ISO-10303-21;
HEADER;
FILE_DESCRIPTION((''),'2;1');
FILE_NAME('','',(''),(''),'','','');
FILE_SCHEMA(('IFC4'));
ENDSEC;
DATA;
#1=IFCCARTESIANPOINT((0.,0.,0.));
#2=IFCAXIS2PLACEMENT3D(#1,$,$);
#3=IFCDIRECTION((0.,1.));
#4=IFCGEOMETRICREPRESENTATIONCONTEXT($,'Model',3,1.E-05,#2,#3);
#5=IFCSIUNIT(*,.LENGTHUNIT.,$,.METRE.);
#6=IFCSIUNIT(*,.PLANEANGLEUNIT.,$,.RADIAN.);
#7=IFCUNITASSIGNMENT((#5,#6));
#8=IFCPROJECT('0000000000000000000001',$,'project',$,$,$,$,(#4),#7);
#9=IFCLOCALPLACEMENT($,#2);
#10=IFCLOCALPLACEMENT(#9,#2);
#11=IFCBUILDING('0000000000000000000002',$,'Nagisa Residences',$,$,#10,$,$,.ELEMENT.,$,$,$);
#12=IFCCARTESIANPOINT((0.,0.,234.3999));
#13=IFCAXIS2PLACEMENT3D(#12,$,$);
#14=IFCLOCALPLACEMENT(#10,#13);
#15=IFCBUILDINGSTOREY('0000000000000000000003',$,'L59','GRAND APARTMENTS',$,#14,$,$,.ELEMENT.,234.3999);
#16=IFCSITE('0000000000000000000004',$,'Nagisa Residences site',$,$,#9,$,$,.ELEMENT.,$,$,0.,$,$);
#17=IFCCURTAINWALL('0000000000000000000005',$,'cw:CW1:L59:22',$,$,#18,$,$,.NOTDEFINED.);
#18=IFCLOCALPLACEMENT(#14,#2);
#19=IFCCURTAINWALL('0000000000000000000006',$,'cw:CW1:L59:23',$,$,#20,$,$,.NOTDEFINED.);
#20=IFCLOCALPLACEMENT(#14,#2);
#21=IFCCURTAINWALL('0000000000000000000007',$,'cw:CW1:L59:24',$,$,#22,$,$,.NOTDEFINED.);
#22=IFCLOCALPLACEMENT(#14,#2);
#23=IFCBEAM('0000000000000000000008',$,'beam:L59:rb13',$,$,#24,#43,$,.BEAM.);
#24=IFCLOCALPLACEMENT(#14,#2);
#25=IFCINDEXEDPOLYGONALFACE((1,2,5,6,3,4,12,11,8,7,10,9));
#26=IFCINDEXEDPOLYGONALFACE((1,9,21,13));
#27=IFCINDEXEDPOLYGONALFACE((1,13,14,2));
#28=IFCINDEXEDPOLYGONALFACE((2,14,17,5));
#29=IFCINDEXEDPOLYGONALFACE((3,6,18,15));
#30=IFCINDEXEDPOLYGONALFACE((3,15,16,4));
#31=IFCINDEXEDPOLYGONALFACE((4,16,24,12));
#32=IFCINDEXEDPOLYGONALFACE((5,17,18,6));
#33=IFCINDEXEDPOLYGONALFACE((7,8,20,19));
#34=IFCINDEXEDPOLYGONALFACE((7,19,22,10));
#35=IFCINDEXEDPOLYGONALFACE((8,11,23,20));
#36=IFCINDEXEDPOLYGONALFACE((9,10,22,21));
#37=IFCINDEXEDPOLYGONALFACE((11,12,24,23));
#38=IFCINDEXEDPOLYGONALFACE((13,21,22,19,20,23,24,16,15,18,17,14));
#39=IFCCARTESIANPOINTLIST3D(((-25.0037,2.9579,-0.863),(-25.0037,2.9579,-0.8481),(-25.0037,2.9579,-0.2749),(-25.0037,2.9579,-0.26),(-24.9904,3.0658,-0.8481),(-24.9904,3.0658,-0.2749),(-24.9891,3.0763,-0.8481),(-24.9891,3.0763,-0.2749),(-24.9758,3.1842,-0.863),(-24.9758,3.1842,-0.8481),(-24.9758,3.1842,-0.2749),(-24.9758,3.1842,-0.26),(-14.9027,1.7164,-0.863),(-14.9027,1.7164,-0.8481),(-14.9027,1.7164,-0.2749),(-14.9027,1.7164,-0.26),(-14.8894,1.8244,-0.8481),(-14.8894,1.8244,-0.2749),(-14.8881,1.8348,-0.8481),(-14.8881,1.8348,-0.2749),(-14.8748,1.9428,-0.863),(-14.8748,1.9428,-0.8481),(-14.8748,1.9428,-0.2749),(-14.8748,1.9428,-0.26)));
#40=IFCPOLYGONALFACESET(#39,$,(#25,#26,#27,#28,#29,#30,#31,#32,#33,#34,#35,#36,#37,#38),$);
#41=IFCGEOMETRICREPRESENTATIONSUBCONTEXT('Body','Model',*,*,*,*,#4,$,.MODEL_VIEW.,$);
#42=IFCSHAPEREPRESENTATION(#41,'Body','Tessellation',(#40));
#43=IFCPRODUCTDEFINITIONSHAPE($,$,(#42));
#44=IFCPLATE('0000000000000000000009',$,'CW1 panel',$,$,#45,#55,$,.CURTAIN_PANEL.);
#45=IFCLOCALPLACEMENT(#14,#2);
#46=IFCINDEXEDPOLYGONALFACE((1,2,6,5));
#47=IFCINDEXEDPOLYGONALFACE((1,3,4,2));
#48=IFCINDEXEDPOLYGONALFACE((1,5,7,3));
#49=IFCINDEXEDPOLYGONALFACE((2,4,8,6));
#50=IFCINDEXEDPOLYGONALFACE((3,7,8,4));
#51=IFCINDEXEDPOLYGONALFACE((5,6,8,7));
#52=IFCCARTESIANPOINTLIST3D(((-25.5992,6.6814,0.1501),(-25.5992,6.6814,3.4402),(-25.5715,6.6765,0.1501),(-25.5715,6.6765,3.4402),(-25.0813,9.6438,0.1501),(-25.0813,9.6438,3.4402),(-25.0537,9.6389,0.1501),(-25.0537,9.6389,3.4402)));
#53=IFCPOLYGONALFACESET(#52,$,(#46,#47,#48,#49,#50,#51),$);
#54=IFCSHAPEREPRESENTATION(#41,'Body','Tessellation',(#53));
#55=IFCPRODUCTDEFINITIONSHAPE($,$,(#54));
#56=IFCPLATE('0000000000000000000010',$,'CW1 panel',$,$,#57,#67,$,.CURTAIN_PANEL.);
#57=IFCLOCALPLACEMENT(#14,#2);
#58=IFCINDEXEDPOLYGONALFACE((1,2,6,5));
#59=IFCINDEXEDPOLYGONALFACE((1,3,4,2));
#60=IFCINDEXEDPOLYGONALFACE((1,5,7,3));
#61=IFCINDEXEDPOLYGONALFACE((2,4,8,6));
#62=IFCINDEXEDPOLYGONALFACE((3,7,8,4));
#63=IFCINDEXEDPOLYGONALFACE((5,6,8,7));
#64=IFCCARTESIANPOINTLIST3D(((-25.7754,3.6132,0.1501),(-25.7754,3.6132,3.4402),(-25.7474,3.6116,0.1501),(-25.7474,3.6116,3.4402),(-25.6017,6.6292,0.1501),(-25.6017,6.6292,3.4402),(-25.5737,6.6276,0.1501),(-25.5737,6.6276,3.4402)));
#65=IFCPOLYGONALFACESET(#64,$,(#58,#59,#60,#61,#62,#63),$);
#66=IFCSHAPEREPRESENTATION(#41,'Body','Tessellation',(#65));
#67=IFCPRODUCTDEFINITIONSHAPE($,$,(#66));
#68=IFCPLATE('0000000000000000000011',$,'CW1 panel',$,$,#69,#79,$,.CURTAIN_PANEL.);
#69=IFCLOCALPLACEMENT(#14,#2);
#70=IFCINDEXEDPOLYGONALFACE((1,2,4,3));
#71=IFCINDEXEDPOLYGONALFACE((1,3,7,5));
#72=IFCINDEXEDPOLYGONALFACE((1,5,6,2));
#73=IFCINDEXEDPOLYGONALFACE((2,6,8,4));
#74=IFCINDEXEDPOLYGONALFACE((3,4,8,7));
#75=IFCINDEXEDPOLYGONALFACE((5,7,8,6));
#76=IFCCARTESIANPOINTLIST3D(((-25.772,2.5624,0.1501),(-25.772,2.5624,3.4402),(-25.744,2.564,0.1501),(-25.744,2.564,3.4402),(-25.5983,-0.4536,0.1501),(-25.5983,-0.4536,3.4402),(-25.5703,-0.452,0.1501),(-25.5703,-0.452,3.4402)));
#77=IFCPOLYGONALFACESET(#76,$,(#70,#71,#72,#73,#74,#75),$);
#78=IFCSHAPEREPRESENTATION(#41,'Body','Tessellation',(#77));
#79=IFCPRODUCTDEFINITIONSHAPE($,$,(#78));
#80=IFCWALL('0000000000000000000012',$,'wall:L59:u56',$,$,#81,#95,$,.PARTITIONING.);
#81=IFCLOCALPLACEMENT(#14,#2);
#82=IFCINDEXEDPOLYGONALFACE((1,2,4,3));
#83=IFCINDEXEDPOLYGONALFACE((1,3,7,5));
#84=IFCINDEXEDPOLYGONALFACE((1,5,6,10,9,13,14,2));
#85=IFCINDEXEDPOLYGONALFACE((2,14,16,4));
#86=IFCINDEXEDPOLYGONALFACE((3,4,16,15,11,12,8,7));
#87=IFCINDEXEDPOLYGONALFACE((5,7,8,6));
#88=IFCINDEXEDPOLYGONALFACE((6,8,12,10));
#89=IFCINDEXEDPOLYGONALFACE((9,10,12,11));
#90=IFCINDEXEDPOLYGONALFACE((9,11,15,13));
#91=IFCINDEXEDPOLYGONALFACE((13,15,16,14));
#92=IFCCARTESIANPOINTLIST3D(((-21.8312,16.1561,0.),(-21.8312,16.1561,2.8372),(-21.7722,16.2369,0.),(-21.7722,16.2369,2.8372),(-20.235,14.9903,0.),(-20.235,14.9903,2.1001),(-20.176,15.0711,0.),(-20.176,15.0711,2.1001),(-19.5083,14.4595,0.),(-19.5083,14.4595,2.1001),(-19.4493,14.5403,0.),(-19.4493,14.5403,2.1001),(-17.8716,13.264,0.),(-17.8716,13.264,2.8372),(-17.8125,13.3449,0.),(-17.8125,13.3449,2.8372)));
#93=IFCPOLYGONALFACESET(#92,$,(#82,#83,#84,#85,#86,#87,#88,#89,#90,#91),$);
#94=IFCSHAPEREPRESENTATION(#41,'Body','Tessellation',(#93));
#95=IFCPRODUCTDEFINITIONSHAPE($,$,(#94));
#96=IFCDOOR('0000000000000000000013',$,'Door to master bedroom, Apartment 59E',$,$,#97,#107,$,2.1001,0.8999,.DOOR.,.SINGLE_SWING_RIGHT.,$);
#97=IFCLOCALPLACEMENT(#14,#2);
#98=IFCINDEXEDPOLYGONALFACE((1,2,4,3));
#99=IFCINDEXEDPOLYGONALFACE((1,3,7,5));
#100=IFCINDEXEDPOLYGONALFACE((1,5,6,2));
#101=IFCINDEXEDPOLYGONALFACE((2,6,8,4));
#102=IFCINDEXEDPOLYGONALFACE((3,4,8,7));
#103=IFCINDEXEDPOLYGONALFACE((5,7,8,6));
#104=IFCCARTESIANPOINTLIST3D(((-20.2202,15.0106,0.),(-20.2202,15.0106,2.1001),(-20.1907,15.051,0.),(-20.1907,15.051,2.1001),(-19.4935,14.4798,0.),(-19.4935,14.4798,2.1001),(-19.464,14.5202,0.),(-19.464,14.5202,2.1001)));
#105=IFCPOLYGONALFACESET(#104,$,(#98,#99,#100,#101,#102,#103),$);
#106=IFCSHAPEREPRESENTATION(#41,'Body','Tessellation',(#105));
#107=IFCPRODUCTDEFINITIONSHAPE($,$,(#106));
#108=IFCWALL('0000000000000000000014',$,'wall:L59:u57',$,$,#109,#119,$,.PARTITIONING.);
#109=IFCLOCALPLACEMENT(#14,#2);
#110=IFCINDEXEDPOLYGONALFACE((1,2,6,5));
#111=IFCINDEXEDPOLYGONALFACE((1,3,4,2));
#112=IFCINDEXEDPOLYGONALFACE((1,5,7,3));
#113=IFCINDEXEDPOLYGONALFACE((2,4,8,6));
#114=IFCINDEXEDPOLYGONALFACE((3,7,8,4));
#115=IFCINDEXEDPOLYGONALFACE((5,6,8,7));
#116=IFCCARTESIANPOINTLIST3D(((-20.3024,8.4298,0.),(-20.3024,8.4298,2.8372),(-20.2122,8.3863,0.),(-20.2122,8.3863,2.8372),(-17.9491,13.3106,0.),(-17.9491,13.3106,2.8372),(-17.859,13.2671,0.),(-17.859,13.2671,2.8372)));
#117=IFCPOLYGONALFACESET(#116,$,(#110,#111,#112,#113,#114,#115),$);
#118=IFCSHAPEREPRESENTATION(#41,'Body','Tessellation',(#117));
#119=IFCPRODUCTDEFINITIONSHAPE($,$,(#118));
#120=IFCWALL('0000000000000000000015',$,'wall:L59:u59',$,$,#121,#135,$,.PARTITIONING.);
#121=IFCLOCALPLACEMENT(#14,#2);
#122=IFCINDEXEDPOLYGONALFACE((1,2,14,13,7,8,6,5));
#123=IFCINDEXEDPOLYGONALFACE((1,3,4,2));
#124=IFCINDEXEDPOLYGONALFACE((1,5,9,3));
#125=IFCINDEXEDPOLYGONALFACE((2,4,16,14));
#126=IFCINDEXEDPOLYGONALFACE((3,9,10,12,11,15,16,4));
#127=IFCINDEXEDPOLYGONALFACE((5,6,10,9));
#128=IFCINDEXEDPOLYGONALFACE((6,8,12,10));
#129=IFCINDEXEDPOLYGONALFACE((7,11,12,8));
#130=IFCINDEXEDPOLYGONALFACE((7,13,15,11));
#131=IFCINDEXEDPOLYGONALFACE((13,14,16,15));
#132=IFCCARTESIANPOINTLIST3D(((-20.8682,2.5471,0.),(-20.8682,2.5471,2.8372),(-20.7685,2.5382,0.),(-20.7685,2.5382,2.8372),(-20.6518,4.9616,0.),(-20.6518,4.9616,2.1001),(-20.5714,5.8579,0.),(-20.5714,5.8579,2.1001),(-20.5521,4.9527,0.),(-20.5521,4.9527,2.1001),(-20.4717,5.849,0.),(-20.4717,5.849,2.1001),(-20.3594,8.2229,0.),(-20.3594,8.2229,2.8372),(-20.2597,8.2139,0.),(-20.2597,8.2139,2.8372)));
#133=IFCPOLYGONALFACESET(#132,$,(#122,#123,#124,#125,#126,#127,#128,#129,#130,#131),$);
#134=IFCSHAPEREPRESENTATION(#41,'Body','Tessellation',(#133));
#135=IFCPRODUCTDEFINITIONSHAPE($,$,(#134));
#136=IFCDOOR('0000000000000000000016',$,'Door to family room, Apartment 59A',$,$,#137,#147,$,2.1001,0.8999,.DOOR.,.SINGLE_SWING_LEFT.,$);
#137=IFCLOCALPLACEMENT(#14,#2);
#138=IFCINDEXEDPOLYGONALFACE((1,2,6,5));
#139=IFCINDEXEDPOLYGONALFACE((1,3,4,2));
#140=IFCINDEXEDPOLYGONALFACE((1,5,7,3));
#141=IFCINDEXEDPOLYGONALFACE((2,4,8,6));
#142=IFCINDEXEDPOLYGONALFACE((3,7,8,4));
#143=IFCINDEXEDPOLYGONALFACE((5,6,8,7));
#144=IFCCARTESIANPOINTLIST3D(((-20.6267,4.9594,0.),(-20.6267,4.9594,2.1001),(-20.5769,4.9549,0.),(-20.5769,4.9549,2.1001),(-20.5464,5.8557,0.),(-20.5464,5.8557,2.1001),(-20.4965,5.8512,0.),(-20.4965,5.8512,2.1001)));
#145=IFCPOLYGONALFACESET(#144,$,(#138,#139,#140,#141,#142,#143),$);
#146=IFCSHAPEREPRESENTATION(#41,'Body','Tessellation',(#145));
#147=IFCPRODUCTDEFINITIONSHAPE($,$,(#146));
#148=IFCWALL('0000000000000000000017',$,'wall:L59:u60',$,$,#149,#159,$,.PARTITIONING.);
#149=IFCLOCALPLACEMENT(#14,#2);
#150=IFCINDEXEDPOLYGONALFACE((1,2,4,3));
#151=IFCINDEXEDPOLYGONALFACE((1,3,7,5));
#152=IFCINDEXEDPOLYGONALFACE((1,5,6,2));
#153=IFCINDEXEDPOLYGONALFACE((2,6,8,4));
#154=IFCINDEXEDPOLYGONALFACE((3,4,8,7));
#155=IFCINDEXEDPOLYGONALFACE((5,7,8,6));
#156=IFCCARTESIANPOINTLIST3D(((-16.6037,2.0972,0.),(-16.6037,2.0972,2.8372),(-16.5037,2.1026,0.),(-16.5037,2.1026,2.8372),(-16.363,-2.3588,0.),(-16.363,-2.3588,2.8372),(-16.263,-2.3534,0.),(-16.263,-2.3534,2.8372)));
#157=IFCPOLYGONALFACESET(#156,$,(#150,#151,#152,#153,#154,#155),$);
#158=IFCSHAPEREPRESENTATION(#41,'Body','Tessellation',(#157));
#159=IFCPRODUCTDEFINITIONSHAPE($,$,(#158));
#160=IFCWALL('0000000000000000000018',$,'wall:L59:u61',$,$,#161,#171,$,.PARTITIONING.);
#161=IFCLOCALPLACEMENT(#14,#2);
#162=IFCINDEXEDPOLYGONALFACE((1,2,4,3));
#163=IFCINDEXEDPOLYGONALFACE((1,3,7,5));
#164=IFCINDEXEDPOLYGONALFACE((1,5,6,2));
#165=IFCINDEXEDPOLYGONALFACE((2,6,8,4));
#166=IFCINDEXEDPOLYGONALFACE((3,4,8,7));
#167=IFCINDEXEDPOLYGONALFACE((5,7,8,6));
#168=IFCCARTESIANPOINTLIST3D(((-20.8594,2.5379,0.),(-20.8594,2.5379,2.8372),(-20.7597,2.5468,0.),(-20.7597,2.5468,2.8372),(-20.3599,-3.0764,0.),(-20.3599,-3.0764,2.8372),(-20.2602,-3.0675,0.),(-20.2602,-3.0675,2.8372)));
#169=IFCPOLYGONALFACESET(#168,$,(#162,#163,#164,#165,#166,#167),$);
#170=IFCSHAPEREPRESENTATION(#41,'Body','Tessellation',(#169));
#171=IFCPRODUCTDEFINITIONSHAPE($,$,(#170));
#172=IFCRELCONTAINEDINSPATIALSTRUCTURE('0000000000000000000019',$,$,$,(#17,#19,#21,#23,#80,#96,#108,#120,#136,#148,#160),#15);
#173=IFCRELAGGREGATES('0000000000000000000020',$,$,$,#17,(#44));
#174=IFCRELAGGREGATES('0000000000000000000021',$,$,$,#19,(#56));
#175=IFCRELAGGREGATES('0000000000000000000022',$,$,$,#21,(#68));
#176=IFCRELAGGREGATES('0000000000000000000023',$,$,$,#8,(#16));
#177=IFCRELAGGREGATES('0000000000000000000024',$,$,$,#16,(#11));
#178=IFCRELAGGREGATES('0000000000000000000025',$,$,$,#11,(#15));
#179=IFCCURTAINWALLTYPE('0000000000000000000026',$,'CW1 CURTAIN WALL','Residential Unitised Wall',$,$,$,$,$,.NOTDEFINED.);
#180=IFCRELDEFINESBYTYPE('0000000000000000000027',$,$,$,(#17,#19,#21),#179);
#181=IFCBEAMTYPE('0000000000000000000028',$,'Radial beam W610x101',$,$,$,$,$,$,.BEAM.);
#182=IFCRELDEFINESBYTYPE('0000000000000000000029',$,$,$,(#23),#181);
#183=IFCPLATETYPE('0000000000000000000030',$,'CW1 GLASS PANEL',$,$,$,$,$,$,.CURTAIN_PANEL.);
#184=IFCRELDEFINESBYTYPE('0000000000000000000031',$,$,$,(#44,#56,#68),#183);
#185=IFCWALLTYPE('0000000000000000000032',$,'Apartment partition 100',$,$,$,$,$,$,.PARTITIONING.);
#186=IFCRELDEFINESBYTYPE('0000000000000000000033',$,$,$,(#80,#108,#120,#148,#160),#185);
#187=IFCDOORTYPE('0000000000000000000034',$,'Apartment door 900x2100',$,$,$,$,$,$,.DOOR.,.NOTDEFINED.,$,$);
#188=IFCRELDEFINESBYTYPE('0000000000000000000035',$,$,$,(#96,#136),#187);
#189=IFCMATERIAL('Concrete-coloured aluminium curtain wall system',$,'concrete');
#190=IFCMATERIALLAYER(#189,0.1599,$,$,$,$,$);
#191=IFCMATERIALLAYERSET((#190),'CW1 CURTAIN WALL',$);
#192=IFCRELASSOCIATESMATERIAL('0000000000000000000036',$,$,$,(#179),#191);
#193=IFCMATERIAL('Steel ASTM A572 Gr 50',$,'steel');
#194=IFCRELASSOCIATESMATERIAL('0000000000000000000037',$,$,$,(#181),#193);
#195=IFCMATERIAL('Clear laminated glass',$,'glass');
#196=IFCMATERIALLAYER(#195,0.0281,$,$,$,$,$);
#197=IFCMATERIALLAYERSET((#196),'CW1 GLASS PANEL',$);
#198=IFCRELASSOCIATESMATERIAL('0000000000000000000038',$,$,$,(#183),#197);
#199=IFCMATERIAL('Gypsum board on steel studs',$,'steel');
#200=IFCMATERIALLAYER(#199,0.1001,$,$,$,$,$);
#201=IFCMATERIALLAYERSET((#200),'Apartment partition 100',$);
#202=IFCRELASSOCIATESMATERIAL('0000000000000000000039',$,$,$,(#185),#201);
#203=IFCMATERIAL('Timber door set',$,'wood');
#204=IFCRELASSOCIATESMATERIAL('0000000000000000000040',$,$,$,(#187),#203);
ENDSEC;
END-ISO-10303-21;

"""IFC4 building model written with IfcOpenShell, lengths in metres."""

from ifc_helpers import new_model, si_unit, direction, frame, frame_2d, origin, origin_2d, place, context, subcontext, project, spatial, rectangle, i_section, extrude, material, layer, layer_set, material_profile, profile_set, type_object, element, fill, aggregate, save


model = new_model("IFC4")

# Units and contexts
model_context = context("Model", 3, precision=1e-05, world=origin(), true_north=direction((0.0, 1.0)))
body_context = subcontext(model_context, "Body", "Model", "MODEL_VIEW")
ifc_project = project(units=[si_unit("LENGTHUNIT", "METRE"), si_unit("PLANEANGLEUNIT", "RADIAN")], contexts=[model_context])

# Site, building, storey
site_placement = place(None, origin())
site = spatial("IfcSite", under=ifc_project, at=site_placement, Name="Nagisa Residences site", CompositionType="ELEMENT", RefElevation=0.0)
building_placement = place(site_placement, origin())
building = spatial("IfcBuilding", under=site, at=building_placement, Name="Nagisa Residences", CompositionType="ELEMENT")
storey_placement = place(building_placement, frame((0.0, 0.0, 234.3999)))
storey = spatial("IfcBuildingStorey", under=building, at=storey_placement, Name="L59", Description="GRAND APARTMENTS", CompositionType="ELEMENT", Elevation=234.3999)

# Curtain walls
ifc_material_1 = material(Name="Concrete-coloured aluminium curtain wall system", Category="concrete")
ifc_layer_1 = layer(ifc_material_1, 0.1599)
ifc_layer_set_1 = layer_set([ifc_layer_1], Name="CW1 CURTAIN WALL")
curtain_wall_type = type_object("IfcCurtainWallType", Name="CW1 CURTAIN WALL", Description="Residential Unitised Wall", PredefinedType="NOTDEFINED", material=ifc_layer_set_1)
curtain_wall_1_placement = place(storey_placement, origin())
curtain_wall_1 = element("IfcCurtainWall", 1, at=curtain_wall_1_placement, inside=storey, type_object=curtain_wall_type, Name="cw:CW1:L59:22", PredefinedType="NOTDEFINED")
curtain_wall_2_placement = place(storey_placement, origin())
curtain_wall_2 = element("IfcCurtainWall", 2, at=curtain_wall_2_placement, inside=storey, type_object=curtain_wall_type, Name="cw:CW1:L59:23", PredefinedType="NOTDEFINED")
curtain_wall_3_placement = place(storey_placement, origin())
curtain_wall_3 = element("IfcCurtainWall", 3, at=curtain_wall_3_placement, inside=storey, type_object=curtain_wall_type, Name="cw:CW1:L59:24", PredefinedType="NOTDEFINED")

# Beam
ifc_material_2 = material(Name="Steel ASTM A572 Gr 50", Category="steel")
ifc_material_profile_1 = material_profile(ifc_material_2, i_section(OverallWidth=0.228, OverallDepth=0.603, WebThickness=0.0105, FlangeThickness=0.0149, at=origin_2d()), Name="W610x101")
ifc_profile_set_1 = profile_set([ifc_material_profile_1], Name="Steel ASTM A572 Gr 50")
beam_type_1 = type_object("IfcBeamType", Name="Radial beam W610x101", PredefinedType="BEAM", material=ifc_profile_set_1)
beam_1_placement = place(storey_placement, frame((-24.9897, 3.071, -0.5615), z_axis=(0.992532, -0.121985, 0.0), x_axis=(0.121985, 0.992532, 0.0)))
element("IfcBeam", 4, at=beam_1_placement, inside=storey, type_object=beam_type_1, Name="beam:L59:rb13", PredefinedType="BEAM", context=body_context, shape_type="SweptSolid", body=[
    extrude(i_section(OverallWidth=0.228, OverallDepth=0.603, WebThickness=0.0105, FlangeThickness=0.0149, at=origin_2d()), origin(), (0.0, 0.0, 1.0), 10.177),
])

# Plates
ifc_material_3 = material(Name="Clear laminated glass", Category="glass")
ifc_layer_2 = layer(ifc_material_3, 0.0281)
ifc_layer_set_2 = layer_set([ifc_layer_2], Name="CW1 GLASS PANEL")
plate_type = type_object("IfcPlateType", Name="CW1 GLASS PANEL", PredefinedType="CURTAIN_PANEL", material=ifc_layer_set_2)
plate_1_placement = place(storey_placement, frame((-25.3264, 8.1602, 0.1501), z_axis=(0.0, 0.0, 1.0), x_axis=(-0.172191, -0.985064, 0.0)))
plate_1 = element("IfcPlate", 5, at=plate_1_placement, type_object=plate_type, Name="CW1 panel", PredefinedType="CURTAIN_PANEL", context=body_context, shape_type="SweptSolid", body=[
    extrude(rectangle(XDim=3.0073, YDim=0.0281, at=origin_2d()), origin(), (0.0, 0.0, 1.0), 3.29),
])
aggregate(curtain_wall_1, [plate_1])
plate_2_placement = place(storey_placement, frame((-25.6746, 5.1204, 0.1501), z_axis=(0.0, 0.0, 1.0), x_axis=(-0.057503, -0.998345, 0.0)))
plate_2 = element("IfcPlate", 6, at=plate_2_placement, type_object=plate_type, Name="CW1 panel", PredefinedType="CURTAIN_PANEL", context=body_context, shape_type="SweptSolid", body=[
    extrude(rectangle(XDim=3.021, YDim=0.0281, at=origin_2d()), origin(), (0.0, 0.0, 1.0), 3.29),
])
aggregate(curtain_wall_2, [plate_2])
plate_3_placement = place(storey_placement, frame((-25.6711, 1.0552, 0.1501), z_axis=(0.0, 0.0, 1.0), x_axis=(0.057503, -0.998345, 0.0)))
plate_3 = element("IfcPlate", 7, at=plate_3_placement, type_object=plate_type, Name="CW1 panel", PredefinedType="CURTAIN_PANEL", context=body_context, shape_type="SweptSolid", body=[
    extrude(rectangle(XDim=3.021, YDim=0.0281, at=origin_2d()), origin(), (0.0, 0.0, 1.0), 3.29),
])
aggregate(curtain_wall_3, [plate_3])

# Wall, opening, door
ifc_material_4 = material(Name="Gypsum board on steel studs", Category="steel")
ifc_layer_3 = layer(ifc_material_4, 0.1001)
ifc_layer_set_3 = layer_set([ifc_layer_3], Name="Apartment partition 100")
wall_type_1 = type_object("IfcWallType", Name="Apartment partition 100", PredefinedType="PARTITIONING", material=ifc_layer_set_3)
wall_1_placement = place(storey_placement, frame((-17.842, 13.3044, 0.0), z_axis=(0.0, 0.0, 1.0), x_axis=(-0.807542, 0.589811, 0.0)))
wall_1 = element("IfcWall", 8, at=wall_1_placement, inside=storey, type_object=wall_type_1, Name="wall:L59:u56", PredefinedType="PARTITIONING", context=body_context, shape_type="SweptSolid", body=[
    extrude(rectangle(XDim=4.9033, YDim=0.1001, at=frame_2d((2.4517, 0.0))), origin(), (0.0, 0.0, 1.0), 2.8372),
])
opening_1_placement = place(wall_1_placement, frame((2.0269, 0.0, 0.0)))
opening_1 = element("IfcOpeningElement", 9, at=opening_1_placement, cuts=wall_1, PredefinedType="OPENING", context=body_context, shape_type="SweptSolid", body=[
    extrude(rectangle(XDim=0.8999, YDim=2.1001, at=frame_2d((0.45, 1.05))), frame((0.0, 0.0601, 0.0), z_axis=(0.0, -1.0, 0.0), x_axis=(1.0, 0.0, 0.0)), (0.0, 0.0, 1.0), 0.1201),
])
ifc_material_5 = material(Name="Timber door set", Category="wood")
door_type_1 = type_object("IfcDoorType", Name="Apartment door 900x2100", OperationType="NOTDEFINED", PredefinedType="DOOR", material=ifc_material_5)
door_1_placement = place(opening_1_placement, origin())
door_1 = element("IfcDoor", 10, at=door_1_placement, inside=storey, type_object=door_type_1, Name="Door to master bedroom, Apartment 59E", OperationType="SINGLE_SWING_RIGHT", OverallHeight=2.1001, OverallWidth=0.8999, PredefinedType="DOOR", context=body_context, shape_type="SweptSolid", body=[
    extrude(rectangle(XDim=0.8999, YDim=2.1001, at=frame_2d((0.45, 1.05))), frame((0.0, 0.0249, 0.0), z_axis=(0.0, -1.0, 0.0), x_axis=(1.0, 0.0, 0.0)), (0.0, 0.0, 1.0), 0.05),
])
fill(opening_1, door_1)

# Wall
wall_2_placement = place(storey_placement, frame((-17.9041, 13.2888, 0.0), z_axis=(0.0, 0.0, 1.0), x_axis=(-0.434299, -0.900769, 0.0)))
element("IfcWall", 11, at=wall_2_placement, inside=storey, type_object=wall_type_1, Name="wall:L59:u57", PredefinedType="PARTITIONING", context=body_context, shape_type="SweptSolid", body=[
    extrude(rectangle(XDim=5.4185, YDim=0.1001, at=frame_2d((2.7092, 0.0))), origin(), (0.0, 0.0, 1.0), 2.8372),
])

# Wall, opening, door
wall_3_placement = place(storey_placement, frame((-20.3096, 8.2183, 0.0), z_axis=(0.0, 0.0, 1.0), x_axis=(-0.089284, -0.996006, 0.0)))
wall_3 = element("IfcWall", 12, at=wall_3_placement, inside=storey, type_object=wall_type_1, Name="wall:L59:u59", PredefinedType="PARTITIONING", context=body_context, shape_type="SweptSolid", body=[
    extrude(rectangle(XDim=5.6985, YDim=0.1001, at=frame_2d((2.8491, 0.0))), origin(), (0.0, 0.0, 1.0), 2.8372),
])
opening_2_placement = place(wall_3_placement, frame((2.3743, 0.0, 0.0)))
opening_2 = element("IfcOpeningElement", 13, at=opening_2_placement, cuts=wall_3, PredefinedType="OPENING", context=body_context, shape_type="SweptSolid", body=[
    extrude(rectangle(XDim=0.8999, YDim=2.1001, at=frame_2d((0.45, 1.05))), frame((0.0, 0.0601, 0.0), z_axis=(0.0, -1.0, 0.0), x_axis=(1.0, 0.0, 0.0)), (0.0, 0.0, 1.0), 0.1201),
])
door_2_placement = place(opening_2_placement, frame((0.8999, 0.0, 0.0), x_axis=(-1.0, 0.0, 0.0)))
door_2 = element("IfcDoor", 14, at=door_2_placement, inside=storey, type_object=door_type_1, Name="Door to family room, Apartment 59A", OperationType="SINGLE_SWING_LEFT", OverallHeight=2.1001, OverallWidth=0.8999, PredefinedType="DOOR", context=body_context, shape_type="SweptSolid", body=[
    extrude(rectangle(XDim=0.8999, YDim=2.1001, at=frame_2d((0.45, 1.05))), frame((0.0, 0.0249, 0.0), z_axis=(0.0, -1.0, 0.0), x_axis=(1.0, 0.0, 0.0)), (0.0, 0.0, 1.0), 0.05),
])
fill(opening_2, door_2)

# Walls
wall_4_placement = place(storey_placement, frame((-16.5537, 2.0999, 0.0), z_axis=(0.0, 0.0, 1.0), x_axis=(0.053946, -0.998544, 0.0)))
element("IfcWall", 15, at=wall_4_placement, inside=storey, type_object=wall_type_1, Name="wall:L59:u60", PredefinedType="PARTITIONING", context=body_context, shape_type="SweptSolid", body=[
    extrude(rectangle(XDim=4.4624, YDim=0.1001, at=frame_2d((2.2312, 0.0))), origin(), (0.0, 0.0, 1.0), 2.8372),
])
wall_5_placement = place(storey_placement, frame((-20.8096, 2.5425, 0.0), z_axis=(0.0, 0.0, 1.0), x_axis=(0.088622, -0.996065, 0.0)))
element("IfcWall", 16, at=wall_5_placement, inside=storey, type_object=wall_type_1, Name="wall:L59:u61", PredefinedType="PARTITIONING", context=body_context, shape_type="SweptSolid", body=[
    extrude(rectangle(XDim=5.6365, YDim=0.1001, at=frame_2d((2.8184, 0.0))), origin(), (0.0, 0.0, 1.0), 2.8372),
])

save(model, "model.ifc")
